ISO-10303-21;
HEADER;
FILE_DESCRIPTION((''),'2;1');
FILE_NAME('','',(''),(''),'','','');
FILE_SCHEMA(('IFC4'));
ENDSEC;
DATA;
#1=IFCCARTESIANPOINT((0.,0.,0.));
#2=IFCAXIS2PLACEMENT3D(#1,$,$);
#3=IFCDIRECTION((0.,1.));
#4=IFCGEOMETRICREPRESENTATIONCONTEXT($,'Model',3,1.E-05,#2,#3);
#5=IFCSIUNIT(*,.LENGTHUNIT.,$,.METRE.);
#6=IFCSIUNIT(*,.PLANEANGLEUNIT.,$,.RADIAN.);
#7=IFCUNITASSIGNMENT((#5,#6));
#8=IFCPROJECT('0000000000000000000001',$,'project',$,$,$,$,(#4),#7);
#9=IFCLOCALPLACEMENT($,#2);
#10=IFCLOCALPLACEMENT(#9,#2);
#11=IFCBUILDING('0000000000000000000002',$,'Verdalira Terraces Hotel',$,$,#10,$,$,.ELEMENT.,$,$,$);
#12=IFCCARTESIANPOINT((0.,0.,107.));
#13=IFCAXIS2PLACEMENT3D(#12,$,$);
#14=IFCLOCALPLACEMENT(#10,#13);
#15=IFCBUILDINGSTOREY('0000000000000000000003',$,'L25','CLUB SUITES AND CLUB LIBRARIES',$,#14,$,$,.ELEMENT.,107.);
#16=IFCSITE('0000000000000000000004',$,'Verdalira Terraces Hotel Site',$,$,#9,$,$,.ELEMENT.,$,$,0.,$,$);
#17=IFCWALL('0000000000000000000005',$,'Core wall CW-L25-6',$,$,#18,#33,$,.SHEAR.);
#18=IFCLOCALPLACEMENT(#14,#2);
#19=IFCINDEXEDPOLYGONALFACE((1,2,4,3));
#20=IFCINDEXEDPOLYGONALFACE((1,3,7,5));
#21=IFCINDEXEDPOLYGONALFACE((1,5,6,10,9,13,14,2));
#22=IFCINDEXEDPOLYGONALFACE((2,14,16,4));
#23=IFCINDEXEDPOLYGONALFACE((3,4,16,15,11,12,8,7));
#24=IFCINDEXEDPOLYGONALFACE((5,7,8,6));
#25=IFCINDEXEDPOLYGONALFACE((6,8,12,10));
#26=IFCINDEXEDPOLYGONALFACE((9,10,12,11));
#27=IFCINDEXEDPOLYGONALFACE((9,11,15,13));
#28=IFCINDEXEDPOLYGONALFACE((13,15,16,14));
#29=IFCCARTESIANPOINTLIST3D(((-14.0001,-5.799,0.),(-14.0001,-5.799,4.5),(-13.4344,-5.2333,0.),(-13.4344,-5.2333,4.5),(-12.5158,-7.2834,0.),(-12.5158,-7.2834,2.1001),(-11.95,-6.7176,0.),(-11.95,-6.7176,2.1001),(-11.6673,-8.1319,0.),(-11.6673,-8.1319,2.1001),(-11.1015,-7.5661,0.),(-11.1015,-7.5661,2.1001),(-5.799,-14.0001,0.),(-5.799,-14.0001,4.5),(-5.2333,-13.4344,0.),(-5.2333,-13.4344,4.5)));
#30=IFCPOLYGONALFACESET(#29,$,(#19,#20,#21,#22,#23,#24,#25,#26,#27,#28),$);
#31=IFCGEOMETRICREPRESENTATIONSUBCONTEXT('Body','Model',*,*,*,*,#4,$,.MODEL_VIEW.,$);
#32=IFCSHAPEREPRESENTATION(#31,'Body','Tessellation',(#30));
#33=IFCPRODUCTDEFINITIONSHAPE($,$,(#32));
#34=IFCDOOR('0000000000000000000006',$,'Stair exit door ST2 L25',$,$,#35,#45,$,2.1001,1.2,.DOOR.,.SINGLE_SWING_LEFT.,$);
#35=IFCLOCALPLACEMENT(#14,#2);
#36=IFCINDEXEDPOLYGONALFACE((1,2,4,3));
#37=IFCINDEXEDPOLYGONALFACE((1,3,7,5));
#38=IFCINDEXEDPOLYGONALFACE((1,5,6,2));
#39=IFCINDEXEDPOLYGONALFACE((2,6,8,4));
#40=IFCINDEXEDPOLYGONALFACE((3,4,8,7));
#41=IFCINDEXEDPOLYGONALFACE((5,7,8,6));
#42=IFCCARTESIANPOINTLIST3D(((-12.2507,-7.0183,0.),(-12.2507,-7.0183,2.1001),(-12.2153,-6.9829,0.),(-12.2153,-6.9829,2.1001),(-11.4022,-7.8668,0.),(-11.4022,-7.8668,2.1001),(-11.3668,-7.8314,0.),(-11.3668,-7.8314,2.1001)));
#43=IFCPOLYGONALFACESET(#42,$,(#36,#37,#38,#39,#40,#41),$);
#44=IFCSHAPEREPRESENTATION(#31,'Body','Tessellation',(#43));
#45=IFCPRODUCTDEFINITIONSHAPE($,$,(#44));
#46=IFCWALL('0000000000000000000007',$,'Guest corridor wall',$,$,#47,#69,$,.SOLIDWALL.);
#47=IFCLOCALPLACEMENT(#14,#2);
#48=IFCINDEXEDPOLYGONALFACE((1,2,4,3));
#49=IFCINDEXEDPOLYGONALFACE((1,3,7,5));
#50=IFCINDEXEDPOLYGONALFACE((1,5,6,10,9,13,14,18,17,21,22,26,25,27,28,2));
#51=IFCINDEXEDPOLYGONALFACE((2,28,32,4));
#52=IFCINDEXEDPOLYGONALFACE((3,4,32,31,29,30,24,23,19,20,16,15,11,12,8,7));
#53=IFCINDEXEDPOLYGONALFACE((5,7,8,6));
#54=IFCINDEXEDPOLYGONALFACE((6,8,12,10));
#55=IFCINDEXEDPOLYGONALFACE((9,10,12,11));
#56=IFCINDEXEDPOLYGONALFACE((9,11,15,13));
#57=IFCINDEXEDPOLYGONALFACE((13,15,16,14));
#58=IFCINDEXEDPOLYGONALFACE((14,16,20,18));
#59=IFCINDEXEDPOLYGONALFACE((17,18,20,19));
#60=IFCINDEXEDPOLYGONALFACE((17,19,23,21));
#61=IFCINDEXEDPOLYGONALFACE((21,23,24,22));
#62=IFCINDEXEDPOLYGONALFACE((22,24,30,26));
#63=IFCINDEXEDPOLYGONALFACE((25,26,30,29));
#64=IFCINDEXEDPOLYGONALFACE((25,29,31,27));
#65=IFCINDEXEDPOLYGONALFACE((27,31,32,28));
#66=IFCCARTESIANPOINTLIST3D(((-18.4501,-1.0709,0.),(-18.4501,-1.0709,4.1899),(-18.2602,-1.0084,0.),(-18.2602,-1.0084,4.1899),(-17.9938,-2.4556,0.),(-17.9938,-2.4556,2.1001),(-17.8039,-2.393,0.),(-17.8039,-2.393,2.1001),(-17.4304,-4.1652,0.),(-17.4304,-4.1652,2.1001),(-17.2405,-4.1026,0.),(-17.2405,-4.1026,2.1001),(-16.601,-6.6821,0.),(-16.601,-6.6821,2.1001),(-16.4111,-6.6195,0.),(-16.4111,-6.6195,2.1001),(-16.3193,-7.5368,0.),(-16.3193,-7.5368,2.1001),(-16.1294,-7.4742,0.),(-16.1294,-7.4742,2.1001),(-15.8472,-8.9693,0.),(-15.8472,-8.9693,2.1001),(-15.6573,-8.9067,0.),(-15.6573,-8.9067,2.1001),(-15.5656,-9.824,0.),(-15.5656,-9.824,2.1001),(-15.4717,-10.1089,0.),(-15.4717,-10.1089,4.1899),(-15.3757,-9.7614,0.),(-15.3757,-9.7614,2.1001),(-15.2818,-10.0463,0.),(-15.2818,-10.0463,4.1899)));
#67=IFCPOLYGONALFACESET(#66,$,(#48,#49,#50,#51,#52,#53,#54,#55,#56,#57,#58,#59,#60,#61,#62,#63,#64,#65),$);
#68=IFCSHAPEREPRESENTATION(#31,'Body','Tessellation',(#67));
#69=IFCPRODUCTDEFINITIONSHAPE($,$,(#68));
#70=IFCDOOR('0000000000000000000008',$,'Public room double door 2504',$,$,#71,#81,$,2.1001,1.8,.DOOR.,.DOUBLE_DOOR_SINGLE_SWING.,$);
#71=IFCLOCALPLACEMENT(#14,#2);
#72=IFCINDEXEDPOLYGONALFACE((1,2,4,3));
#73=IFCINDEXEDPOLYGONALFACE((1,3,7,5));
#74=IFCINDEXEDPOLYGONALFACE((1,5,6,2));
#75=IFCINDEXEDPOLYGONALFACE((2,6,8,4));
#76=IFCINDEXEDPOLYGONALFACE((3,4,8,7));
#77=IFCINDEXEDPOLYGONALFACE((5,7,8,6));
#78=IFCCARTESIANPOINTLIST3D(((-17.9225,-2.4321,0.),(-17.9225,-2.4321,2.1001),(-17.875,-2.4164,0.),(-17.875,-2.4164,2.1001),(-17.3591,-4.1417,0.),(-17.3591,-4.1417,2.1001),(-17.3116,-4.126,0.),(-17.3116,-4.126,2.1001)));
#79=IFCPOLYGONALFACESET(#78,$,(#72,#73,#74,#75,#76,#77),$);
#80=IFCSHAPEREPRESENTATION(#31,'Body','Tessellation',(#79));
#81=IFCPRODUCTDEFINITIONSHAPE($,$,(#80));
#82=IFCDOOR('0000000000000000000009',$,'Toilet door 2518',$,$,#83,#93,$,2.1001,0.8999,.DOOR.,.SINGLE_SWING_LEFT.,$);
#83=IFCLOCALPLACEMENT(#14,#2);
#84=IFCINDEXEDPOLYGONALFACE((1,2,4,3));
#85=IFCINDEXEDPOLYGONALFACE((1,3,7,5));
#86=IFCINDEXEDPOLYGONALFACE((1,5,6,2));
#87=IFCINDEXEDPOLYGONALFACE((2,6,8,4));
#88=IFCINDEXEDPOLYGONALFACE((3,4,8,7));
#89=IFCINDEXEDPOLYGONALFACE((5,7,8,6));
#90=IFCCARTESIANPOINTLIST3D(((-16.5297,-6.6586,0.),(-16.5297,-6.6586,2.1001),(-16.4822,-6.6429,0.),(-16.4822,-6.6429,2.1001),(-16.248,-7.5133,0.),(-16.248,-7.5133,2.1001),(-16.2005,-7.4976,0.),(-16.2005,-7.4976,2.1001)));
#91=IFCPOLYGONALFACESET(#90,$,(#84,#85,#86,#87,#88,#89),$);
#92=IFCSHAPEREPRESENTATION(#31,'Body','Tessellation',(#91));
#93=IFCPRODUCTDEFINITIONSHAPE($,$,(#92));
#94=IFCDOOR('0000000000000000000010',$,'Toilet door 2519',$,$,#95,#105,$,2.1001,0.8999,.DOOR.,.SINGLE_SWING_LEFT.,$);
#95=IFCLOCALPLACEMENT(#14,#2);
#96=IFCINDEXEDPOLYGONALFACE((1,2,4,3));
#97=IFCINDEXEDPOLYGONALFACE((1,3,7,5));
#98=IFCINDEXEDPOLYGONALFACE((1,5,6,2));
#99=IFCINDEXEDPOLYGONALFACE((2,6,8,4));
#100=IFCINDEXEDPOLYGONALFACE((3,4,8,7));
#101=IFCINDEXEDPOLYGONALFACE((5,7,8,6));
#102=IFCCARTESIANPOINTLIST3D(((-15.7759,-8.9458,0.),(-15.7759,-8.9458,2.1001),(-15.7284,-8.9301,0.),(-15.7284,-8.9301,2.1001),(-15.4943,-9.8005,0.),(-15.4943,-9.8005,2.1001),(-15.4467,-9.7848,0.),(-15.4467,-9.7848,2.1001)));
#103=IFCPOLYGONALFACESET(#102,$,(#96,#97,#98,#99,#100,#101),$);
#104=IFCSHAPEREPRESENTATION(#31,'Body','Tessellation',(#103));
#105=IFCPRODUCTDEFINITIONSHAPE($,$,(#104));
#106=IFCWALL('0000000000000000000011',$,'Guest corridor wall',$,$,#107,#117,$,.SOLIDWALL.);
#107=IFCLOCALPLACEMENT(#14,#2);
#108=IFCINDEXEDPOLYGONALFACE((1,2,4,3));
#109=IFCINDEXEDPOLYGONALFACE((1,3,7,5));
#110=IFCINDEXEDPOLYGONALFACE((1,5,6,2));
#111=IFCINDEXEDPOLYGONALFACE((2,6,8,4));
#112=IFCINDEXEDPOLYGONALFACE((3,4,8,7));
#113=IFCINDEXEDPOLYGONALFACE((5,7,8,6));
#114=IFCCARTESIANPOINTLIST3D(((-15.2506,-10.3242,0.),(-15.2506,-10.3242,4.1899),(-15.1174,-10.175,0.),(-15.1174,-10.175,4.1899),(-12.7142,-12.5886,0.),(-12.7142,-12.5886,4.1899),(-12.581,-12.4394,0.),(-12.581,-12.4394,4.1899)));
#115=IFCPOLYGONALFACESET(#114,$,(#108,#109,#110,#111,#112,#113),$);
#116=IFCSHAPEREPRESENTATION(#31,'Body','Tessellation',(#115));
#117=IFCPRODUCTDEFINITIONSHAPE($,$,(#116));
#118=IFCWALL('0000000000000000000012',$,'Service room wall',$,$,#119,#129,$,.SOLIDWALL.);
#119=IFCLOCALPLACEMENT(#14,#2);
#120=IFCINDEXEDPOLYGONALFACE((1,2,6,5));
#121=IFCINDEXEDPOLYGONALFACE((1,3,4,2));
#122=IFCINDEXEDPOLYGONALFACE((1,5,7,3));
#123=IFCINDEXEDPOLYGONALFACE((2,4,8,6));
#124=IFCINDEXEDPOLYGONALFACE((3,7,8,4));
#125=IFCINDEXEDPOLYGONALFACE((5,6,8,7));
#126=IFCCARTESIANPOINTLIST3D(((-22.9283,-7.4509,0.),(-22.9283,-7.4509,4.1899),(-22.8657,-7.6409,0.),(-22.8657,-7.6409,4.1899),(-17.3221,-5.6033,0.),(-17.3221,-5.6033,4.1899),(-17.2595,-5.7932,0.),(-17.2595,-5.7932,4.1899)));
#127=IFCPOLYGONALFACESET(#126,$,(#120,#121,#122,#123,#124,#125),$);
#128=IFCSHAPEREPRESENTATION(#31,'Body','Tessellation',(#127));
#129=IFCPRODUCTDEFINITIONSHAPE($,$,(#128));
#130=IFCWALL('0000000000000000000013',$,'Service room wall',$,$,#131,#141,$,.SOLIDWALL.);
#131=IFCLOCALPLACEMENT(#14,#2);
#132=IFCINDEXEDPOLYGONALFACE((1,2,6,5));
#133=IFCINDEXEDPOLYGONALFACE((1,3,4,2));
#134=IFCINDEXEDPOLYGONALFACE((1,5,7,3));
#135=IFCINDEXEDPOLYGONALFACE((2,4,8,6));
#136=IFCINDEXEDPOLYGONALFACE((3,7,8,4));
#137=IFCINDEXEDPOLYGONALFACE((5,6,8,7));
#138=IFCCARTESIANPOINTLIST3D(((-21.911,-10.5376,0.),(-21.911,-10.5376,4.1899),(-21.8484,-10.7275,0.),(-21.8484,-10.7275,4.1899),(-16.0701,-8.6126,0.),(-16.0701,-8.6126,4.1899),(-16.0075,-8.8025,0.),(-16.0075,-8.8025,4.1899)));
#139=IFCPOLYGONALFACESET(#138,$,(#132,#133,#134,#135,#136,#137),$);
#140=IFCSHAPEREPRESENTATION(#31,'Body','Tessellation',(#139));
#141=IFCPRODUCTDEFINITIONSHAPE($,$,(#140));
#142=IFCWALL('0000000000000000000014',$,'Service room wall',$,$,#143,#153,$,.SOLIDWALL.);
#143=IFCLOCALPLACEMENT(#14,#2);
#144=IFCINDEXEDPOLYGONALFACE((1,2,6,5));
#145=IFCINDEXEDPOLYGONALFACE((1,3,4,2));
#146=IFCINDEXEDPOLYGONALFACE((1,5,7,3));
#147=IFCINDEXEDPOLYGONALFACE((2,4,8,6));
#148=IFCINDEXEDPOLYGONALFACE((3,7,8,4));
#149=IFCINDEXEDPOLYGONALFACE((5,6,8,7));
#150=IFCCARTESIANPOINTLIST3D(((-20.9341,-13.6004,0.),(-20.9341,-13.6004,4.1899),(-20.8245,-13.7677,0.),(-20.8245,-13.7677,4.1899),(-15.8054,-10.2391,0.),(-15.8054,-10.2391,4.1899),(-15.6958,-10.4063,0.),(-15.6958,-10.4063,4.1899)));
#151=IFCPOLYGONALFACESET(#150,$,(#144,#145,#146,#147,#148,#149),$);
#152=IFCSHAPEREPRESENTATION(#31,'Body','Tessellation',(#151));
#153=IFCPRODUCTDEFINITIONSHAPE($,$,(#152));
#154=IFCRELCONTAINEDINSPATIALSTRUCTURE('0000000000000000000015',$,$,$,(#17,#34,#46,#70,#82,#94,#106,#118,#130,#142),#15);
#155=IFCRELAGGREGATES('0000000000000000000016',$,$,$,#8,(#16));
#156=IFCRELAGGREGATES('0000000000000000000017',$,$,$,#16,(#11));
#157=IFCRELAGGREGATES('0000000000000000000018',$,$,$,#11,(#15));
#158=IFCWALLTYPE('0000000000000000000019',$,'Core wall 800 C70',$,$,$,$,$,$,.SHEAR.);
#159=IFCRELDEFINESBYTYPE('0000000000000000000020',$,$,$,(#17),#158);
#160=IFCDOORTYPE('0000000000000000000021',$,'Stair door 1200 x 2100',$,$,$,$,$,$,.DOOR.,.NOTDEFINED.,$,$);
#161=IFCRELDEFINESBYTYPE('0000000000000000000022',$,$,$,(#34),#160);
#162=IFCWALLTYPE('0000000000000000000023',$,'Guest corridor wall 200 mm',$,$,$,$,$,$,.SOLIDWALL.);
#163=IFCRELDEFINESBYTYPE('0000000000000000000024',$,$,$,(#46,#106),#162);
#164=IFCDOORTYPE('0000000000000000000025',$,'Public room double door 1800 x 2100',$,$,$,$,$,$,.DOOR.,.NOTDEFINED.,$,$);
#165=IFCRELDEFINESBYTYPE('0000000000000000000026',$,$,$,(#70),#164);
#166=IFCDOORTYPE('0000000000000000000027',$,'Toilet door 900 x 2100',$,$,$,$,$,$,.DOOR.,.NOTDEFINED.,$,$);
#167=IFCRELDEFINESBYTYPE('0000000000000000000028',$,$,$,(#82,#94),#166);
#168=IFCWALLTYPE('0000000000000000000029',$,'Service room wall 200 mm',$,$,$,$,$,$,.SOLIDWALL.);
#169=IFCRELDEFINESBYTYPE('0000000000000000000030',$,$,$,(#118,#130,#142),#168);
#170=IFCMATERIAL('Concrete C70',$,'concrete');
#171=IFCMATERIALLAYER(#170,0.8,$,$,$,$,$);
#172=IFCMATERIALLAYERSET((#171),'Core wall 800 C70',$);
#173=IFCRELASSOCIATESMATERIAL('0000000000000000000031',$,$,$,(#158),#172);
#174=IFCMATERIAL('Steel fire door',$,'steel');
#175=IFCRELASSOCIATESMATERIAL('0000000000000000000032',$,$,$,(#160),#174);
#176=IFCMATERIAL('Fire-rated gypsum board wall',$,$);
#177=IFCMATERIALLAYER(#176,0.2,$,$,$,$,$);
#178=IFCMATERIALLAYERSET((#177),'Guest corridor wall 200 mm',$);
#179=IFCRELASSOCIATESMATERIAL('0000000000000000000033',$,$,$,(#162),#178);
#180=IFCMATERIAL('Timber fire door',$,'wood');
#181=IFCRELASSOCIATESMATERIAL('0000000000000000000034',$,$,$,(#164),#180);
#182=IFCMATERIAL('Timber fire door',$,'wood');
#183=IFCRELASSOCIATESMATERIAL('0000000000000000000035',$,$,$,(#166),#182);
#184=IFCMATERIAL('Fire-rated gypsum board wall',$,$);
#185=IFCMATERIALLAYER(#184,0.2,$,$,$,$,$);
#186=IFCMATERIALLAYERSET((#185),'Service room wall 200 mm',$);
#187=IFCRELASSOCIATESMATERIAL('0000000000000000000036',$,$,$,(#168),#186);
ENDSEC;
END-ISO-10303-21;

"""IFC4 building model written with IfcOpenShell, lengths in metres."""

from ifc_helpers import new_model, si_unit, direction, frame, frame_2d, origin, place, context, subcontext, project, spatial, rectangle, extrude, material, layer, layer_set, type_object, element, fill, save


model = new_model("IFC4")

# Units and contexts
model_context = context("Model", 3, precision=1e-05, world=origin(), true_north=direction((0.0, 1.0)))
body_context = subcontext(model_context, "Body", "Model", "MODEL_VIEW")
ifc_project = project(units=[si_unit("LENGTHUNIT", "METRE"), si_unit("PLANEANGLEUNIT", "RADIAN")], contexts=[model_context])

# Site, building, storey
site_placement = place(None, origin())
site = spatial("IfcSite", under=ifc_project, at=site_placement, Name="Verdalira Terraces Hotel Site", CompositionType="ELEMENT", RefElevation=0.0)
building_placement = place(site_placement, origin())
building = spatial("IfcBuilding", under=site, at=building_placement, Name="Verdalira Terraces Hotel", CompositionType="ELEMENT")
storey_placement = place(building_placement, frame((0.0, 0.0, 107.0)))
storey = spatial("IfcBuildingStorey", under=building, at=storey_placement, Name="L25", Description="CLUB SUITES AND CLUB LIBRARIES", CompositionType="ELEMENT", Elevation=107.0)

# Wall, opening, door
ifc_material_1 = material(Name="Concrete C70", Category="concrete")
ifc_layer_1 = layer(ifc_material_1, 0.8)
ifc_layer_set_1 = layer_set([ifc_layer_1], Name="Core wall 800 C70")
wall_type_1 = type_object("IfcWallType", Name="Core wall 800 C70", PredefinedType="SHEAR", material=ifc_layer_set_1)
wall_1_placement = place(storey_placement, frame((-13.7173, -5.5161, 0.0), z_axis=(0.0, 0.0, 1.0), x_axis=(0.707107, -0.707107, 0.0)))
wall_1 = element("IfcWall", 1, at=wall_1_placement, inside=storey, type_object=wall_type_1, Name="Core wall CW-L25-6", PredefinedType="SHEAR", context=body_context, shape_type="SweptSolid", body=[
    extrude(rectangle(XDim=11.5981, YDim=0.8, at=frame_2d((5.7991, 0.0))), origin(), (0.0, 0.0, 1.0), 4.5),
])
opening_1_placement = place(wall_1_placement, frame((2.0991, 0.0, 0.0)))
opening_1 = element("IfcOpeningElement", 2, at=opening_1_placement, cuts=wall_1, PredefinedType="OPENING", context=body_context, shape_type="SweptSolid", body=[
    extrude(rectangle(XDim=1.2, YDim=2.1001, at=frame_2d((0.6001, 1.05))), frame((0.0, 0.4099, 0.0), z_axis=(0.0, -1.0, 0.0), x_axis=(1.0, 0.0, 0.0)), (0.0, 0.0, 1.0), 0.8201),
])
ifc_material_2 = material(Name="Steel fire door", Category="steel")
door_type_1 = type_object("IfcDoorType", Name="Stair door 1200 x 2100", OperationType="NOTDEFINED", PredefinedType="DOOR", material=ifc_material_2)
door_1_placement = place(opening_1_placement, origin())
door_1 = element("IfcDoor", 3, at=door_1_placement, inside=storey, type_object=door_type_1, Name="Stair exit door ST2 L25", OperationType="SINGLE_SWING_LEFT", OverallHeight=2.1001, OverallWidth=1.2, PredefinedType="DOOR", context=body_context, shape_type="SweptSolid", body=[
    extrude(rectangle(XDim=1.2, YDim=2.1001, at=frame_2d((0.6001, 1.05))), frame((0.0, 0.0249, 0.0), z_axis=(0.0, -1.0, 0.0), x_axis=(1.0, 0.0, 0.0)), (0.0, 0.0, 1.0), 0.05),
])
fill(opening_1, door_1)

# Wall, openings, doors
ifc_material_3 = material(Name="Fire-rated gypsum board wall")
ifc_layer_2 = layer(ifc_material_3, 0.2)
ifc_layer_set_2 = layer_set([ifc_layer_2], Name="Guest corridor wall 200 mm")
wall_type_2 = type_object("IfcWallType", Name="Guest corridor wall 200 mm", PredefinedType="SOLIDWALL", material=ifc_layer_set_2)
wall_2_placement = place(storey_placement, frame((-15.3767, -10.0776, 0.0), z_axis=(0.0, 0.0, 1.0), x_axis=(-0.312993, 0.949755, 0.0)))
wall_2 = element("IfcWall", 4, at=wall_2_placement, inside=storey, type_object=wall_type_2, Name="Guest corridor wall", PredefinedType="SOLIDWALL", context=body_context, shape_type="SweptSolid", body=[
    extrude(rectangle(XDim=9.5161, YDim=0.2, at=frame_2d((4.7581, 0.0))), origin(), (0.0, 0.0, 1.0), 4.1899),
])
opening_2_placement = place(wall_2_placement, frame((6.2583, 0.0, 0.0)))
opening_2 = element("IfcOpeningElement", 5, at=opening_2_placement, cuts=wall_2, PredefinedType="OPENING", context=body_context, shape_type="SweptSolid", body=[
    extrude(rectangle(XDim=1.8, YDim=2.1001, at=frame_2d((0.8999, 1.05))), frame((0.0, 0.1099, 0.0), z_axis=(0.0, -1.0, 0.0), x_axis=(1.0, 0.0, 0.0)), (0.0, 0.0, 1.0), 0.22),
])
opening_3_placement = place(wall_2_placement, frame((2.7083, 0.0, 0.0)))
opening_3 = element("IfcOpeningElement", 6, at=opening_3_placement, cuts=wall_2, PredefinedType="OPENING", context=body_context, shape_type="SweptSolid", body=[
    extrude(rectangle(XDim=0.8999, YDim=2.1001, at=frame_2d((0.45, 1.05))), frame((0.0, 0.1099, 0.0), z_axis=(0.0, -1.0, 0.0), x_axis=(1.0, 0.0, 0.0)), (0.0, 0.0, 1.0), 0.22),
])
opening_4_placement = place(wall_2_placement, frame((0.3, 0.0, 0.0)))
opening_4 = element("IfcOpeningElement", 7, at=opening_4_placement, cuts=wall_2, PredefinedType="OPENING", context=body_context, shape_type="SweptSolid", body=[
    extrude(rectangle(XDim=0.8999, YDim=2.1001, at=frame_2d((0.45, 1.05))), frame((0.0, 0.1099, 0.0), z_axis=(0.0, -1.0, 0.0), x_axis=(1.0, 0.0, 0.0)), (0.0, 0.0, 1.0), 0.22),
])
ifc_material_4 = material(Name="Timber fire door", Category="wood")
door_type_2 = type_object("IfcDoorType", Name="Public room double door 1800 x 2100", OperationType="NOTDEFINED", PredefinedType="DOOR", material=ifc_material_4)
door_2_placement = place(opening_2_placement, origin())
door_2 = element("IfcDoor", 8, at=door_2_placement, inside=storey, type_object=door_type_2, Name="Public room double door 2504", OperationType="DOUBLE_DOOR_SINGLE_SWING", OverallHeight=2.1001, OverallWidth=1.8, PredefinedType="DOOR", context=body_context, shape_type="SweptSolid", body=[
    extrude(rectangle(XDim=1.8, YDim=2.1001, at=frame_2d((0.8999, 1.05))), frame((0.0, 0.0249, 0.0), z_axis=(0.0, -1.0, 0.0), x_axis=(1.0, 0.0, 0.0)), (0.0, 0.0, 1.0), 0.05),
])
fill(opening_2, door_2)
ifc_material_5 = material(Name="Timber fire door", Category="wood")
door_type_3 = type_object("IfcDoorType", Name="Toilet door 900 x 2100", OperationType="NOTDEFINED", PredefinedType="DOOR", material=ifc_material_5)
door_3_placement = place(opening_3_placement, origin())
door_3 = element("IfcDoor", 9, at=door_3_placement, inside=storey, type_object=door_type_3, Name="Toilet door 2518", OperationType="SINGLE_SWING_LEFT", OverallHeight=2.1001, OverallWidth=0.8999, PredefinedType="DOOR", context=body_context, shape_type="SweptSolid", body=[
    extrude(rectangle(XDim=0.8999, YDim=2.1001, at=frame_2d((0.45, 1.05))), frame((0.0, 0.0249, 0.0), z_axis=(0.0, -1.0, 0.0), x_axis=(1.0, 0.0, 0.0)), (0.0, 0.0, 1.0), 0.05),
])
fill(opening_3, door_3)
door_4_placement = place(opening_4_placement, origin())
door_4 = element("IfcDoor", 10, at=door_4_placement, inside=storey, type_object=door_type_3, Name="Toilet door 2519", OperationType="SINGLE_SWING_LEFT", OverallHeight=2.1001, OverallWidth=0.8999, PredefinedType="DOOR", context=body_context, shape_type="SweptSolid", body=[
    extrude(rectangle(XDim=0.8999, YDim=2.1001, at=frame_2d((0.45, 1.05))), frame((0.0, 0.0249, 0.0), z_axis=(0.0, -1.0, 0.0), x_axis=(1.0, 0.0, 0.0)), (0.0, 0.0, 1.0), 0.05),
])
fill(opening_4, door_4)

# Walls
wall_3_placement = place(storey_placement, frame((-15.1841, -10.2495, 0.0), z_axis=(0.0, 0.0, 1.0), x_axis=(0.74597, -0.66598, 0.0)))
element("IfcWall", 11, at=wall_3_placement, inside=storey, type_object=wall_type_2, Name="Guest corridor wall", PredefinedType="SOLIDWALL", context=body_context, shape_type="SweptSolid", body=[
    extrude(rectangle(XDim=3.4001, YDim=0.2, at=frame_2d((1.7002, 0.0))), origin(), (0.0, 0.0, 1.0), 4.1899),
])
ifc_material_6 = material(Name="Fire-rated gypsum board wall")
ifc_layer_3 = layer(ifc_material_6, 0.2)
ifc_layer_set_3 = layer_set([ifc_layer_3], Name="Service room wall 200 mm")
wall_type_3 = type_object("IfcWallType", Name="Service room wall 200 mm", PredefinedType="SOLIDWALL", material=ifc_layer_set_3)
wall_4_placement = place(storey_placement, frame((-17.2908, -5.6982, 0.0), z_axis=(0.0, 0.0, 1.0), x_axis=(-0.949749, -0.313012, 0.0)))
element("IfcWall", 12, at=wall_4_placement, inside=storey, type_object=wall_type_3, Name="Service room wall", PredefinedType="SOLIDWALL", context=body_context, shape_type="SweptSolid", body=[
    extrude(rectangle(XDim=5.9028, YDim=0.2, at=frame_2d((2.9514, 0.0))), origin(), (0.0, 0.0, 1.0), 4.1899),
])
wall_5_placement = place(storey_placement, frame((-16.0388, -8.7075, 0.0), z_axis=(0.0, 0.0, 1.0), x_axis=(-0.949746, -0.313022, 0.0)))
element("IfcWall", 13, at=wall_5_placement, inside=storey, type_object=wall_type_3, Name="Service room wall", PredefinedType="SOLIDWALL", context=body_context, shape_type="SweptSolid", body=[
    extrude(rectangle(XDim=6.1499, YDim=0.2, at=frame_2d((3.075, 0.0))), origin(), (0.0, 0.0, 1.0), 4.1899),
])
wall_6_placement = place(storey_placement, frame((-15.7507, -10.3228, 0.0), z_axis=(0.0, 0.0, 1.0), x_axis=(-0.836374, -0.54816, 0.0)))
element("IfcWall", 14, at=wall_6_placement, inside=storey, type_object=wall_type_3, Name="Service room wall", PredefinedType="SOLIDWALL", context=body_context, shape_type="SweptSolid", body=[
    extrude(rectangle(XDim=6.1321, YDim=0.2, at=frame_2d((3.0659, 0.0))), origin(), (0.0, 0.0, 1.0), 4.1899),
])

save(model, "model.ifc")
